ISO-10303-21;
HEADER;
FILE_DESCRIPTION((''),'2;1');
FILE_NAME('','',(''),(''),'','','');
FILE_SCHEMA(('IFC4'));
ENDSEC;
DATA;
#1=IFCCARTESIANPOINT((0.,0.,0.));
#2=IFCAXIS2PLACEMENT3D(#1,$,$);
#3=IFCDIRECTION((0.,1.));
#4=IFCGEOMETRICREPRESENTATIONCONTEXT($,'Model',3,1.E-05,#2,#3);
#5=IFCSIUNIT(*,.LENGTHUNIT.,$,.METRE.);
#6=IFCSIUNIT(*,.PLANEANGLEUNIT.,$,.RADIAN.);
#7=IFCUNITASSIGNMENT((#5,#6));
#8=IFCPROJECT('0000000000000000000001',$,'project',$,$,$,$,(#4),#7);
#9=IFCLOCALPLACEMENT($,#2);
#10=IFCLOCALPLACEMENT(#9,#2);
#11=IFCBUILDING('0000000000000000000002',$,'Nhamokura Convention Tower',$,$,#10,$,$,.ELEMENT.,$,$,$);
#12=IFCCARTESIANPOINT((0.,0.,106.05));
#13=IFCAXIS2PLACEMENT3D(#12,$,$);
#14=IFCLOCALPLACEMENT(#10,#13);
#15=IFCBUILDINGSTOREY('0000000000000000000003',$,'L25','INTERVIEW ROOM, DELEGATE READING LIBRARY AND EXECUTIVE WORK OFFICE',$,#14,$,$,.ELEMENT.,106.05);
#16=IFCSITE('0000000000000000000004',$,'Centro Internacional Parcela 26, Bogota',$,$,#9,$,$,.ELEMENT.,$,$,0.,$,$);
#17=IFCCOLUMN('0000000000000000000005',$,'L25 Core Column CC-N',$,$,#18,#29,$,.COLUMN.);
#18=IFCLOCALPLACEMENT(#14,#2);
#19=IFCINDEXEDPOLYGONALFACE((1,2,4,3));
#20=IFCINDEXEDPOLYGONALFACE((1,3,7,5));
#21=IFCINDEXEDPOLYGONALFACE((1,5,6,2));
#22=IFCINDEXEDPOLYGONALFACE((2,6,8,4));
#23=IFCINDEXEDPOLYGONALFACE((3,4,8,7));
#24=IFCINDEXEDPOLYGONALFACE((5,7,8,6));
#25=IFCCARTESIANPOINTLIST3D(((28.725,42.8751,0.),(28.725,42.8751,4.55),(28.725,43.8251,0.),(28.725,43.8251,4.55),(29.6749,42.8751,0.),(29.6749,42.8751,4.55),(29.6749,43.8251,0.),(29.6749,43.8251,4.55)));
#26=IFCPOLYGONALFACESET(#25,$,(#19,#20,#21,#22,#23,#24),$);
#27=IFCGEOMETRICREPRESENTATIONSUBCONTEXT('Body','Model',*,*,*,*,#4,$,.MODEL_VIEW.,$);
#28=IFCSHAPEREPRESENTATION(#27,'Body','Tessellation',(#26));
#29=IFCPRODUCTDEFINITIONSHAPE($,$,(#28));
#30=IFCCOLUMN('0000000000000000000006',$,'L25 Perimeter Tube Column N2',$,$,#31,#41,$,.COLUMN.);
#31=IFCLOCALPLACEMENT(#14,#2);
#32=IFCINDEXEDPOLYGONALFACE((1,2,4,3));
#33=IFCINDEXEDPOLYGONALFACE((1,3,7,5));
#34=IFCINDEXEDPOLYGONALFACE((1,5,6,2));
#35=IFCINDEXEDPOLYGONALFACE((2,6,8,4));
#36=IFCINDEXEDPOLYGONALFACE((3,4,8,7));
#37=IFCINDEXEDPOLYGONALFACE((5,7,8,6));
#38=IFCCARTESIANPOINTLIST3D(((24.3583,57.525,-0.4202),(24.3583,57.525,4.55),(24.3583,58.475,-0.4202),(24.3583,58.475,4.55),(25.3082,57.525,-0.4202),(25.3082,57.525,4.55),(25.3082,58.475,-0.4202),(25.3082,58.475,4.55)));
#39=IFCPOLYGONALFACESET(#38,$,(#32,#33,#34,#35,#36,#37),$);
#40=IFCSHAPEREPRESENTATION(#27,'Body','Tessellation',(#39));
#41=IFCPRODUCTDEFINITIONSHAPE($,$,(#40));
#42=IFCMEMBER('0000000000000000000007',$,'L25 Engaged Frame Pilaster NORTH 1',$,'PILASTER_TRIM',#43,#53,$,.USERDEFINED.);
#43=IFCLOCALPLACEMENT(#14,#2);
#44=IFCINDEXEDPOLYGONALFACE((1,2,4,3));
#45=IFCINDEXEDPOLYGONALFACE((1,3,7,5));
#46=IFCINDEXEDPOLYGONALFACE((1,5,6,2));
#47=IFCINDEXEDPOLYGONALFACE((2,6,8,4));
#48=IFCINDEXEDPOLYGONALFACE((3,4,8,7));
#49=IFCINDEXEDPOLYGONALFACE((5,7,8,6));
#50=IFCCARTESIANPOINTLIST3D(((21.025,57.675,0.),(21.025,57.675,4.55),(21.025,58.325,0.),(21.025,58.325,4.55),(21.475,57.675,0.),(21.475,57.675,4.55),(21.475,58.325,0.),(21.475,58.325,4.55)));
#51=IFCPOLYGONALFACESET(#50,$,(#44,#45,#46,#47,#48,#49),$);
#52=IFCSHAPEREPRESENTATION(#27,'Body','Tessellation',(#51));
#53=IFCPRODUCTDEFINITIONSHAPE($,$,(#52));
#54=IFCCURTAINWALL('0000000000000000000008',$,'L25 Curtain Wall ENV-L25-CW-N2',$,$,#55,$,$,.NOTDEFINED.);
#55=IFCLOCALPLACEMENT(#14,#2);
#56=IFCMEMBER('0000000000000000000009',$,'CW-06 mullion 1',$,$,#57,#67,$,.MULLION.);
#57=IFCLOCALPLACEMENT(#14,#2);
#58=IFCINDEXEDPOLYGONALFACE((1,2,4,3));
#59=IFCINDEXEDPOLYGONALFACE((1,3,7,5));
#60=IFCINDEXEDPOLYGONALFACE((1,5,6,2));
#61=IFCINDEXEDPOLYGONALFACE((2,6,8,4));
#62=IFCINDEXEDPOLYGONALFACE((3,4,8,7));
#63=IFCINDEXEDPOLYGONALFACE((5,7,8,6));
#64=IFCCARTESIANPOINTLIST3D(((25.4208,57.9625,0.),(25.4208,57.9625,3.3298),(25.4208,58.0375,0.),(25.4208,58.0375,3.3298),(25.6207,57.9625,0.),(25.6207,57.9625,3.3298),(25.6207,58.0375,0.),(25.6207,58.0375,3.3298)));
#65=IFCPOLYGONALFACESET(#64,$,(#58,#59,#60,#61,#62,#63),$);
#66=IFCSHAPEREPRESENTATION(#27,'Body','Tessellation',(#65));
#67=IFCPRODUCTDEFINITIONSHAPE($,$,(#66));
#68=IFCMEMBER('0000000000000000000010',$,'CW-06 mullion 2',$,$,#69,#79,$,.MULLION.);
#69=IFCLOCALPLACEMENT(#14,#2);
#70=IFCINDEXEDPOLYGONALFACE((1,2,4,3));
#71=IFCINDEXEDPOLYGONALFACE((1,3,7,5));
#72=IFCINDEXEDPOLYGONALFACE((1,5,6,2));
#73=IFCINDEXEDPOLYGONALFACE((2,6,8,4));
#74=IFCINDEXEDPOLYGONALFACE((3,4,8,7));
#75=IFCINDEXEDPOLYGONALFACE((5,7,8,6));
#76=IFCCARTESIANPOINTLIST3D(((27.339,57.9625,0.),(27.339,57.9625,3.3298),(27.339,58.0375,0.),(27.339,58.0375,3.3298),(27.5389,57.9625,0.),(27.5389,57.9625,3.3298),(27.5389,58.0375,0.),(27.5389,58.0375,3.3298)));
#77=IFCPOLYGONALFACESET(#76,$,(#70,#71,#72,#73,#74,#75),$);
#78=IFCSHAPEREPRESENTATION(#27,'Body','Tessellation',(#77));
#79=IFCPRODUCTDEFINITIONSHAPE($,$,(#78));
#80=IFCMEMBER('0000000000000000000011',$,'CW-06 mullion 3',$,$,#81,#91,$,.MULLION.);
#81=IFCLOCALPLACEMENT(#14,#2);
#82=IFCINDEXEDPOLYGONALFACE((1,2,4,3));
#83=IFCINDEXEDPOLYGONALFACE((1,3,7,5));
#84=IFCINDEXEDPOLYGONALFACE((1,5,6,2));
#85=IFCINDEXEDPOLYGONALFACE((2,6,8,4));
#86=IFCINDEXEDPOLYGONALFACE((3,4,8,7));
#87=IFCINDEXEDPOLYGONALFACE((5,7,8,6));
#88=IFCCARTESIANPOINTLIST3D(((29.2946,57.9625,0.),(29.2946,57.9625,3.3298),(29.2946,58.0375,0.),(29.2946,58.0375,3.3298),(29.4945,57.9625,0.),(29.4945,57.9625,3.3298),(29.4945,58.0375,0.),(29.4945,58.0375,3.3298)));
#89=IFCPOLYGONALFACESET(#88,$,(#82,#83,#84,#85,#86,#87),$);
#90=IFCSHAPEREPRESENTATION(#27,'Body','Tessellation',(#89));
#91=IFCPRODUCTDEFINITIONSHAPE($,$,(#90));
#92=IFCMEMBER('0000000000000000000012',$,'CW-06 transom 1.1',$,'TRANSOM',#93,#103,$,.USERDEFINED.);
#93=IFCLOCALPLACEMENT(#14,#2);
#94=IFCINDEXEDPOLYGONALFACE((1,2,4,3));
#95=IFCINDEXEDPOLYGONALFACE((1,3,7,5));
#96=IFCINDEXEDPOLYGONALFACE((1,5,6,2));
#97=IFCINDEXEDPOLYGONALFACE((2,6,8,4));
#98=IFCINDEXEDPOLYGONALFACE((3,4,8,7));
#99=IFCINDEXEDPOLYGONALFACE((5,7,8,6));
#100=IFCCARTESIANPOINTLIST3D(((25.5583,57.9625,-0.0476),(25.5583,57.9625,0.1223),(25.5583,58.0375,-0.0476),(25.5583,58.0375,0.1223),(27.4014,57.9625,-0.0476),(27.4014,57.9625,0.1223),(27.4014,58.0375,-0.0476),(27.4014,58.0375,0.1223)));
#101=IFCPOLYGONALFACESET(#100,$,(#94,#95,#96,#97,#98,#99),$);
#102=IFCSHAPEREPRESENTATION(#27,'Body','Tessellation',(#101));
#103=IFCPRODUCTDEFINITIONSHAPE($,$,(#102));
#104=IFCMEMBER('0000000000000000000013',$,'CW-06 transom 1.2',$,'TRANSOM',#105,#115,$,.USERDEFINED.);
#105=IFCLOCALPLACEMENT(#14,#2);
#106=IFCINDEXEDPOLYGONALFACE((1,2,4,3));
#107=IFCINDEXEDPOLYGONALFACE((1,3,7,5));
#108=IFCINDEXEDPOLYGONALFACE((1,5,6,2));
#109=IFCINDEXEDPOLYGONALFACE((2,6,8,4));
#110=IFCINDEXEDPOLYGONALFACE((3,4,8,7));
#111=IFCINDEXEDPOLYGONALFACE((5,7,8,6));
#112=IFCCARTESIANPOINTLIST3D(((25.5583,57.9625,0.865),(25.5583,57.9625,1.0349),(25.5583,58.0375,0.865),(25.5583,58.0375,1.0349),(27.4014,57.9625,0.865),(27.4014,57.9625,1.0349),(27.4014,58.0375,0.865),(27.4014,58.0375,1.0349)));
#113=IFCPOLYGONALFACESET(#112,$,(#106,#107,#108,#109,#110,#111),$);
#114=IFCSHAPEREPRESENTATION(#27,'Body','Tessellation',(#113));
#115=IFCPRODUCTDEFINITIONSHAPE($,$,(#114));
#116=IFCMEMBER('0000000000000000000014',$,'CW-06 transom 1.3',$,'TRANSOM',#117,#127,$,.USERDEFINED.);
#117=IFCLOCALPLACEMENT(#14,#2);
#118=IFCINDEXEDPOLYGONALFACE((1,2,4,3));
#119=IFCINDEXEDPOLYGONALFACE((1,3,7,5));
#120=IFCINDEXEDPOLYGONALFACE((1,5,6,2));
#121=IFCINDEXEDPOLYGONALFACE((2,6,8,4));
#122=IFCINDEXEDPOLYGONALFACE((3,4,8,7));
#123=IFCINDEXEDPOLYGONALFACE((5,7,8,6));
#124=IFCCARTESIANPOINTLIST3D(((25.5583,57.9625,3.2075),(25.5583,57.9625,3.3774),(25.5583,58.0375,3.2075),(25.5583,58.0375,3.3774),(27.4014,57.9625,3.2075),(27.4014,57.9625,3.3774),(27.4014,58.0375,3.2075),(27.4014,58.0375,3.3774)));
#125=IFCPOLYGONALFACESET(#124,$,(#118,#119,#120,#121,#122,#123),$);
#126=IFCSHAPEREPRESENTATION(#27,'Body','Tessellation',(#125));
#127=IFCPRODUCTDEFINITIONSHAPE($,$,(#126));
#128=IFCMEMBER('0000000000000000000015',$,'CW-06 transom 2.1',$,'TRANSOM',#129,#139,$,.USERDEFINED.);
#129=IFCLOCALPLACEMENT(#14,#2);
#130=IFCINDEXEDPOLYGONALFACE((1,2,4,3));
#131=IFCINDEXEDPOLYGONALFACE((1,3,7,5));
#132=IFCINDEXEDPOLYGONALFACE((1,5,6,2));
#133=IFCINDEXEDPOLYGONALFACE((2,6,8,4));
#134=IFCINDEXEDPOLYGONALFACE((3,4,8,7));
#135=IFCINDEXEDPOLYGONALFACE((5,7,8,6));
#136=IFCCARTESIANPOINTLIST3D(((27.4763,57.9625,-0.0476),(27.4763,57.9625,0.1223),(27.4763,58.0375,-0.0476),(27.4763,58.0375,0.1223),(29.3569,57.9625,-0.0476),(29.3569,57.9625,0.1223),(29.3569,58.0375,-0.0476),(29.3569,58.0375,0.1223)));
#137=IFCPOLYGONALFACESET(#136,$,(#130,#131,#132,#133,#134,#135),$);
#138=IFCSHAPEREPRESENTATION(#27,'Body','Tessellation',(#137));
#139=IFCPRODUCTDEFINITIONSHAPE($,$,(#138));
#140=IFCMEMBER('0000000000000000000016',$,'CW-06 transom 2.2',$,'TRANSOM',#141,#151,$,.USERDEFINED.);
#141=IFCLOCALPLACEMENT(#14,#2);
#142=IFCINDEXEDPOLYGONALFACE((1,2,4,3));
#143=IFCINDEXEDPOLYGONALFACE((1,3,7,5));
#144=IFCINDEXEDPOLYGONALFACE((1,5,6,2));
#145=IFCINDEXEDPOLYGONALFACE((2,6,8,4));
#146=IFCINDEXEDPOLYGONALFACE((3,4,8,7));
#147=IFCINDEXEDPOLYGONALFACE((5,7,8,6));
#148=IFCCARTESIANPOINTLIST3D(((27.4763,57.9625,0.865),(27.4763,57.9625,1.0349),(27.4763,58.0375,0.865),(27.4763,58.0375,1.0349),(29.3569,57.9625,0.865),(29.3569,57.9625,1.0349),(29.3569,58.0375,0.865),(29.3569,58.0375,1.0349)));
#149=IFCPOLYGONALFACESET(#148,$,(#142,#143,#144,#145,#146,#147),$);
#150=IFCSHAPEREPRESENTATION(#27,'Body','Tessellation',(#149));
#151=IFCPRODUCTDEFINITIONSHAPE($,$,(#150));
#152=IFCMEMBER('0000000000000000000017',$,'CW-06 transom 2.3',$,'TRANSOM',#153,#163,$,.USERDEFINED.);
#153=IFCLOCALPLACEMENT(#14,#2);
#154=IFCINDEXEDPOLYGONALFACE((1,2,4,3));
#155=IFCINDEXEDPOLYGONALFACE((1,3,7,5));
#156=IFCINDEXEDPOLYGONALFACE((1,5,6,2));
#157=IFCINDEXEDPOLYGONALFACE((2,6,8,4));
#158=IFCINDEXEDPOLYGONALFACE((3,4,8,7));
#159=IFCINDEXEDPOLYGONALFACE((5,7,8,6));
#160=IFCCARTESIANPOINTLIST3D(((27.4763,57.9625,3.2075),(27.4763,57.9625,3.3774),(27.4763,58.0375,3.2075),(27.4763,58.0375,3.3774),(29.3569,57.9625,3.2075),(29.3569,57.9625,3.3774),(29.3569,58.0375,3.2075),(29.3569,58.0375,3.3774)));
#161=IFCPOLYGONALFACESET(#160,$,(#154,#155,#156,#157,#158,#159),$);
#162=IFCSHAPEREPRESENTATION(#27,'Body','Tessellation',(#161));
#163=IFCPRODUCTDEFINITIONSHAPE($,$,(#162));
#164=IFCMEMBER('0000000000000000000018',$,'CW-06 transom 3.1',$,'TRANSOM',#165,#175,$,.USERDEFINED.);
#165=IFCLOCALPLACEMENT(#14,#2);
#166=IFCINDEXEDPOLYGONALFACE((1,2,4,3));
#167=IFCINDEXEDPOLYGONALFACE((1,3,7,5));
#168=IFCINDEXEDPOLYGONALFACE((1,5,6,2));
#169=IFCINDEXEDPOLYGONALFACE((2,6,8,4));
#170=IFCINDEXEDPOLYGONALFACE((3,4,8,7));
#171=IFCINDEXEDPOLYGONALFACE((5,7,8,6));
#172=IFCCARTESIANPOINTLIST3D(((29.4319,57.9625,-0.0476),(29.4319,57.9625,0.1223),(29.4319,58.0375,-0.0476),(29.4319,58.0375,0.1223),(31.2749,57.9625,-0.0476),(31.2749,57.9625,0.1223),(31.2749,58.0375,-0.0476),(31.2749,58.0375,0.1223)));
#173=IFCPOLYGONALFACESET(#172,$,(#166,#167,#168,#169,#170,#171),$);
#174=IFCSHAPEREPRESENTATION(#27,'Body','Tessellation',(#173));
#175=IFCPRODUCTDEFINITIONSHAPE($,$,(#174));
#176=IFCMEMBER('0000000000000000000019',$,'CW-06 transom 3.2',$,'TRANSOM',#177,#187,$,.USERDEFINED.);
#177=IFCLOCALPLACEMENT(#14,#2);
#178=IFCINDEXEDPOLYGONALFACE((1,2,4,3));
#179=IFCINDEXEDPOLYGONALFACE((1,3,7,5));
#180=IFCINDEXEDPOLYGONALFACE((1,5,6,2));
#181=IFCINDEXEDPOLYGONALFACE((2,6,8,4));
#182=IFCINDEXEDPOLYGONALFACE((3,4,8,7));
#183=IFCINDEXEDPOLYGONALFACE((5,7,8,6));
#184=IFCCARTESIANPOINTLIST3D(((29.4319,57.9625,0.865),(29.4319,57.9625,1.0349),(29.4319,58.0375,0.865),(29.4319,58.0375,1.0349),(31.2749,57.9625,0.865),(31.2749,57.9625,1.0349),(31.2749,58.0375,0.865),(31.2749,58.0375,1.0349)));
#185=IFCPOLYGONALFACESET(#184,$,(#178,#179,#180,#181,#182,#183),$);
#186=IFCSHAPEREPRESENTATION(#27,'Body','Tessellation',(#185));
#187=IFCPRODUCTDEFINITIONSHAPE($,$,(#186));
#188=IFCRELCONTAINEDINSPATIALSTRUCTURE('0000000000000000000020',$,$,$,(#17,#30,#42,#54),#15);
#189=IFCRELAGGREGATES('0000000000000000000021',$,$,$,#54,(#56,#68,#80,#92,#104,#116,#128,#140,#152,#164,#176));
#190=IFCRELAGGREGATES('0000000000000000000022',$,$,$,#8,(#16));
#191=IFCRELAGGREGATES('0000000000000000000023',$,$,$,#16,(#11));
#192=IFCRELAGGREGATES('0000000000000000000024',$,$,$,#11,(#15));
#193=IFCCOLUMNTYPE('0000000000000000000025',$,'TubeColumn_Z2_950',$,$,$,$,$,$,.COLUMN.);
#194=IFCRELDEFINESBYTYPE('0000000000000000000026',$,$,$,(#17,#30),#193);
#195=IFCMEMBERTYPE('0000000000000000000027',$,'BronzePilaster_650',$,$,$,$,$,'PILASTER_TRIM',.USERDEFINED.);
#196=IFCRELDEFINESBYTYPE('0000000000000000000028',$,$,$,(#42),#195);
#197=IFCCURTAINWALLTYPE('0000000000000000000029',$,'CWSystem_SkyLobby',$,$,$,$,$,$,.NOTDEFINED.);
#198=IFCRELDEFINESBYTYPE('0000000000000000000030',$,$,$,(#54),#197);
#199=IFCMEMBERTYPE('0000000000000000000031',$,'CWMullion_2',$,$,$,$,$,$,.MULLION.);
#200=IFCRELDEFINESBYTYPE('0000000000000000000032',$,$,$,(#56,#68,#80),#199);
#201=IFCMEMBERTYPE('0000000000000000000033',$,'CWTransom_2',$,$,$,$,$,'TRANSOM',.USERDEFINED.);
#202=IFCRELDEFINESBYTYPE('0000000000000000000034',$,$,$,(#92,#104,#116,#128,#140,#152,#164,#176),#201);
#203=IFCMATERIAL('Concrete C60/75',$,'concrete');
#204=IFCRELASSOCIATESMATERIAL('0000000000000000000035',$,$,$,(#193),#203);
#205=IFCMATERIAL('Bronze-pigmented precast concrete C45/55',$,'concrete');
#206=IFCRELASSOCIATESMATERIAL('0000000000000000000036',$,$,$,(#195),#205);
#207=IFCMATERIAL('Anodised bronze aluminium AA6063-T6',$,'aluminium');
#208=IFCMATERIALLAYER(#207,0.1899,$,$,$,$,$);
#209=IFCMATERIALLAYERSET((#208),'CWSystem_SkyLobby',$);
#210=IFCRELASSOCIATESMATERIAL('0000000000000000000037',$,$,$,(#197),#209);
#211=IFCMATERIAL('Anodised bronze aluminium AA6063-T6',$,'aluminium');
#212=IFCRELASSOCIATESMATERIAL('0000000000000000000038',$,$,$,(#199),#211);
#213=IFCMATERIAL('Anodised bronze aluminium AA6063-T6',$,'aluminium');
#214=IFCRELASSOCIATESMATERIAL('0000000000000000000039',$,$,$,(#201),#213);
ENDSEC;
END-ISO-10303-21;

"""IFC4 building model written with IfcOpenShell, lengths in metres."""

from ifc_helpers import new_model, si_unit, direction, frame, origin, origin_2d, place, context, subcontext, project, spatial, rectangle, extrude, material, layer, layer_set, material_profile, profile_set, type_object, element, aggregate, save


model = new_model("IFC4")

# Units and contexts
model_context = context("Model", 3, precision=1e-05, world=origin(), true_north=direction((0.0, 1.0)))
body_context = subcontext(model_context, "Body", "Model", "MODEL_VIEW")
ifc_project = project(units=[si_unit("LENGTHUNIT", "METRE"), si_unit("PLANEANGLEUNIT", "RADIAN")], contexts=[model_context])

# Site, building, storey
site_placement = place(None, origin())
site = spatial("IfcSite", under=ifc_project, at=site_placement, Name="Centro Internacional Parcela 26, Bogota", CompositionType="ELEMENT", RefElevation=0.0)
building_placement = place(site_placement, origin())
building = spatial("IfcBuilding", under=site, at=building_placement, Name="Nhamokura Convention Tower", CompositionType="ELEMENT")
storey_placement = place(building_placement, frame((0.0, 0.0, 106.05)))
storey = spatial("IfcBuildingStorey", under=building, at=storey_placement, Name="L25", Description="INTERVIEW ROOM, DELEGATE READING LIBRARY AND EXECUTIVE WORK OFFICE", CompositionType="ELEMENT", Elevation=106.05)

# Columns
ifc_material_1 = material(Name="Concrete C60/75", Category="concrete")
ifc_material_profile_1 = material_profile(ifc_material_1, rectangle(XDim=0.95, YDim=0.95, at=origin_2d()))
ifc_profile_set_1 = profile_set([ifc_material_profile_1], Name="Concrete C60/75")
column_type = type_object("IfcColumnType", Name="TubeColumn_Z2_950", PredefinedType="COLUMN", material=ifc_profile_set_1)
column_1_placement = place(storey_placement, frame((29.2, 43.3501, 0.0), z_axis=(0.0, 0.0, 1.0), x_axis=(1.0, 0.0, 0.0)))
element("IfcColumn", 1, at=column_1_placement, inside=storey, type_object=column_type, Name="L25 Core Column CC-N", PredefinedType="COLUMN", context=body_context, shape_type="SweptSolid", body=[
    extrude(rectangle(XDim=0.95, YDim=0.95, at=origin_2d()), origin(), (0.0, 0.0, 1.0), 4.55),
])
column_2_placement = place(storey_placement, frame((24.8333, 58.0, -0.4202), z_axis=(0.0, 0.0, 1.0), x_axis=(1.0, 0.0, 0.0)))
element("IfcColumn", 2, at=column_2_placement, inside=storey, type_object=column_type, Name="L25 Perimeter Tube Column N2", PredefinedType="COLUMN", context=body_context, shape_type="SweptSolid", body=[
    extrude(rectangle(XDim=0.95, YDim=0.95, at=origin_2d()), origin(), (0.0, 0.0, 1.0), 4.9702),
])

# Member
ifc_material_2 = material(Name="Bronze-pigmented precast concrete C45/55", Category="concrete")
ifc_material_profile_2 = material_profile(ifc_material_2, rectangle(XDim=0.45, YDim=0.6499, at=origin_2d()))
ifc_profile_set_2 = profile_set([ifc_material_profile_2], Name="Bronze-pigmented precast concrete C45/55")
member_type_1 = type_object("IfcMemberType", Name="BronzePilaster_650", ElementType="PILASTER_TRIM", PredefinedType="USERDEFINED", material=ifc_profile_set_2)
member_1_placement = place(storey_placement, frame((21.25, 58.0, 0.0), z_axis=(0.0, 0.0, 1.0), x_axis=(1.0, 0.0, 0.0)))
element("IfcMember", 3, at=member_1_placement, inside=storey, type_object=member_type_1, Name="L25 Engaged Frame Pilaster NORTH 1", ObjectType="PILASTER_TRIM", PredefinedType="USERDEFINED", context=body_context, shape_type="SweptSolid", body=[
    extrude(rectangle(XDim=0.45, YDim=0.6499, at=origin_2d()), origin(), (0.0, 0.0, 1.0), 4.55),
])

# Curtain wall, members
ifc_material_3 = material(Name="Anodised bronze aluminium AA6063-T6", Category="aluminium")
ifc_layer_1 = layer(ifc_material_3, 0.1899)
ifc_layer_set_1 = layer_set([ifc_layer_1], Name="CWSystem_SkyLobby")
curtain_wall_type = type_object("IfcCurtainWallType", Name="CWSystem_SkyLobby", PredefinedType="NOTDEFINED", material=ifc_layer_set_1)
curtain_wall_placement = place(storey_placement, origin())
curtain_wall = element("IfcCurtainWall", 4, at=curtain_wall_placement, inside=storey, type_object=curtain_wall_type, Name="L25 Curtain Wall ENV-L25-CW-N2", PredefinedType="NOTDEFINED")
ifc_material_4 = material(Name="Anodised bronze aluminium AA6063-T6", Category="aluminium")
ifc_material_profile_3 = material_profile(ifc_material_4, rectangle(XDim=0.075, YDim=0.2, at=origin_2d()))
ifc_profile_set_3 = profile_set([ifc_material_profile_3], Name="Anodised bronze aluminium AA6063-T6")
member_type_2 = type_object("IfcMemberType", Name="CWMullion_2", PredefinedType="MULLION", material=ifc_profile_set_3)
member_2_placement = place(storey_placement, frame((25.5208, 58.0, 0.0), z_axis=(0.0, 0.0, 1.0), x_axis=(0.0, 1.0, 0.0)))
member_2 = element("IfcMember", 5, at=member_2_placement, type_object=member_type_2, Name="CW-06 mullion 1", PredefinedType="MULLION", context=body_context, shape_type="SweptSolid", body=[
    extrude(rectangle(XDim=0.075, YDim=0.2, at=origin_2d()), origin(), (0.0, 0.0, 1.0), 3.3298),
])
member_3_placement = place(storey_placement, frame((27.439, 58.0, 0.0), z_axis=(0.0, 0.0, 1.0), x_axis=(0.0, 1.0, 0.0)))
member_3 = element("IfcMember", 6, at=member_3_placement, type_object=member_type_2, Name="CW-06 mullion 2", PredefinedType="MULLION", context=body_context, shape_type="SweptSolid", body=[
    extrude(rectangle(XDim=0.075, YDim=0.2, at=origin_2d()), origin(), (0.0, 0.0, 1.0), 3.3298),
])
member_4_placement = place(storey_placement, frame((29.3945, 58.0, 0.0), z_axis=(0.0, 0.0, 1.0), x_axis=(0.0, 1.0, 0.0)))
member_4 = element("IfcMember", 7, at=member_4_placement, type_object=member_type_2, Name="CW-06 mullion 3", PredefinedType="MULLION", context=body_context, shape_type="SweptSolid", body=[
    extrude(rectangle(XDim=0.075, YDim=0.2, at=origin_2d()), origin(), (0.0, 0.0, 1.0), 3.3298),
])
ifc_material_5 = material(Name="Anodised bronze aluminium AA6063-T6", Category="aluminium")
ifc_material_profile_4 = material_profile(ifc_material_5, rectangle(XDim=0.075, YDim=0.1699, at=origin_2d()))
ifc_profile_set_4 = profile_set([ifc_material_profile_4], Name="Anodised bronze aluminium AA6063-T6")
member_type_3 = type_object("IfcMemberType", Name="CWTransom_2", ElementType="TRANSOM", PredefinedType="USERDEFINED", material=ifc_profile_set_4)
member_5_placement = place(storey_placement, frame((25.5583, 58.0, 0.0374), z_axis=(1.0, 0.0, 0.0), x_axis=(0.0, 1.0, 0.0)))
member_5 = element("IfcMember", 8, at=member_5_placement, type_object=member_type_3, Name="CW-06 transom 1.1", ObjectType="TRANSOM", PredefinedType="USERDEFINED", context=body_context, shape_type="SweptSolid", body=[
    extrude(rectangle(XDim=0.075, YDim=0.1699, at=origin_2d()), origin(), (0.0, 0.0, 1.0), 1.843),
])
member_6_placement = place(storey_placement, frame((25.5583, 58.0, 0.95), z_axis=(1.0, 0.0, 0.0), x_axis=(0.0, 1.0, 0.0)))
member_6 = element("IfcMember", 9, at=member_6_placement, type_object=member_type_3, Name="CW-06 transom 1.2", ObjectType="TRANSOM", PredefinedType="USERDEFINED", context=body_context, shape_type="SweptSolid", body=[
    extrude(rectangle(XDim=0.075, YDim=0.1699, at=origin_2d()), origin(), (0.0, 0.0, 1.0), 1.843),
])
member_7_placement = place(storey_placement, frame((25.5583, 58.0, 3.2925), z_axis=(1.0, 0.0, 0.0), x_axis=(0.0, 1.0, 0.0)))
member_7 = element("IfcMember", 10, at=member_7_placement, type_object=member_type_3, Name="CW-06 transom 1.3", ObjectType="TRANSOM", PredefinedType="USERDEFINED", context=body_context, shape_type="SweptSolid", body=[
    extrude(rectangle(XDim=0.075, YDim=0.1699, at=origin_2d()), origin(), (0.0, 0.0, 1.0), 1.843),
])
member_8_placement = place(storey_placement, frame((27.4763, 58.0, 0.0374), z_axis=(1.0, 0.0, 0.0), x_axis=(0.0, 1.0, 0.0)))
member_8 = element("IfcMember", 11, at=member_8_placement, type_object=member_type_3, Name="CW-06 transom 2.1", ObjectType="TRANSOM", PredefinedType="USERDEFINED", context=body_context, shape_type="SweptSolid", body=[
    extrude(rectangle(XDim=0.075, YDim=0.1699, at=origin_2d()), origin(), (0.0, 0.0, 1.0), 1.8806),
])
member_9_placement = place(storey_placement, frame((27.4763, 58.0, 0.95), z_axis=(1.0, 0.0, 0.0), x_axis=(0.0, 1.0, 0.0)))
member_9 = element("IfcMember", 12, at=member_9_placement, type_object=member_type_3, Name="CW-06 transom 2.2", ObjectType="TRANSOM", PredefinedType="USERDEFINED", context=body_context, shape_type="SweptSolid", body=[
    extrude(rectangle(XDim=0.075, YDim=0.1699, at=origin_2d()), origin(), (0.0, 0.0, 1.0), 1.8806),
])
member_10_placement = place(storey_placement, frame((27.4763, 58.0, 3.2925), z_axis=(1.0, 0.0, 0.0), x_axis=(0.0, 1.0, 0.0)))
member_10 = element("IfcMember", 13, at=member_10_placement, type_object=member_type_3, Name="CW-06 transom 2.3", ObjectType="TRANSOM", PredefinedType="USERDEFINED", context=body_context, shape_type="SweptSolid", body=[
    extrude(rectangle(XDim=0.075, YDim=0.1699, at=origin_2d()), origin(), (0.0, 0.0, 1.0), 1.8806),
])
member_11_placement = place(storey_placement, frame((29.4319, 58.0, 0.0374), z_axis=(1.0, 0.0, 0.0), x_axis=(0.0, 1.0, 0.0)))
member_11 = element("IfcMember", 14, at=member_11_placement, type_object=member_type_3, Name="CW-06 transom 3.1", ObjectType="TRANSOM", PredefinedType="USERDEFINED", context=body_context, shape_type="SweptSolid", body=[
    extrude(rectangle(XDim=0.075, YDim=0.1699, at=origin_2d()), origin(), (0.0, 0.0, 1.0), 1.843),
])
member_12_placement = place(storey_placement, frame((29.4319, 58.0, 0.95), z_axis=(1.0, 0.0, 0.0), x_axis=(0.0, 1.0, 0.0)))
member_12 = element("IfcMember", 15, at=member_12_placement, type_object=member_type_3, Name="CW-06 transom 3.2", ObjectType="TRANSOM", PredefinedType="USERDEFINED", context=body_context, shape_type="SweptSolid", body=[
    extrude(rectangle(XDim=0.075, YDim=0.1699, at=origin_2d()), origin(), (0.0, 0.0, 1.0), 1.843),
])

aggregate(curtain_wall, [member_2, member_3, member_4, member_5, member_6, member_7, member_8, member_9, member_10, member_11, member_12])

save(model, "model.ifc")
